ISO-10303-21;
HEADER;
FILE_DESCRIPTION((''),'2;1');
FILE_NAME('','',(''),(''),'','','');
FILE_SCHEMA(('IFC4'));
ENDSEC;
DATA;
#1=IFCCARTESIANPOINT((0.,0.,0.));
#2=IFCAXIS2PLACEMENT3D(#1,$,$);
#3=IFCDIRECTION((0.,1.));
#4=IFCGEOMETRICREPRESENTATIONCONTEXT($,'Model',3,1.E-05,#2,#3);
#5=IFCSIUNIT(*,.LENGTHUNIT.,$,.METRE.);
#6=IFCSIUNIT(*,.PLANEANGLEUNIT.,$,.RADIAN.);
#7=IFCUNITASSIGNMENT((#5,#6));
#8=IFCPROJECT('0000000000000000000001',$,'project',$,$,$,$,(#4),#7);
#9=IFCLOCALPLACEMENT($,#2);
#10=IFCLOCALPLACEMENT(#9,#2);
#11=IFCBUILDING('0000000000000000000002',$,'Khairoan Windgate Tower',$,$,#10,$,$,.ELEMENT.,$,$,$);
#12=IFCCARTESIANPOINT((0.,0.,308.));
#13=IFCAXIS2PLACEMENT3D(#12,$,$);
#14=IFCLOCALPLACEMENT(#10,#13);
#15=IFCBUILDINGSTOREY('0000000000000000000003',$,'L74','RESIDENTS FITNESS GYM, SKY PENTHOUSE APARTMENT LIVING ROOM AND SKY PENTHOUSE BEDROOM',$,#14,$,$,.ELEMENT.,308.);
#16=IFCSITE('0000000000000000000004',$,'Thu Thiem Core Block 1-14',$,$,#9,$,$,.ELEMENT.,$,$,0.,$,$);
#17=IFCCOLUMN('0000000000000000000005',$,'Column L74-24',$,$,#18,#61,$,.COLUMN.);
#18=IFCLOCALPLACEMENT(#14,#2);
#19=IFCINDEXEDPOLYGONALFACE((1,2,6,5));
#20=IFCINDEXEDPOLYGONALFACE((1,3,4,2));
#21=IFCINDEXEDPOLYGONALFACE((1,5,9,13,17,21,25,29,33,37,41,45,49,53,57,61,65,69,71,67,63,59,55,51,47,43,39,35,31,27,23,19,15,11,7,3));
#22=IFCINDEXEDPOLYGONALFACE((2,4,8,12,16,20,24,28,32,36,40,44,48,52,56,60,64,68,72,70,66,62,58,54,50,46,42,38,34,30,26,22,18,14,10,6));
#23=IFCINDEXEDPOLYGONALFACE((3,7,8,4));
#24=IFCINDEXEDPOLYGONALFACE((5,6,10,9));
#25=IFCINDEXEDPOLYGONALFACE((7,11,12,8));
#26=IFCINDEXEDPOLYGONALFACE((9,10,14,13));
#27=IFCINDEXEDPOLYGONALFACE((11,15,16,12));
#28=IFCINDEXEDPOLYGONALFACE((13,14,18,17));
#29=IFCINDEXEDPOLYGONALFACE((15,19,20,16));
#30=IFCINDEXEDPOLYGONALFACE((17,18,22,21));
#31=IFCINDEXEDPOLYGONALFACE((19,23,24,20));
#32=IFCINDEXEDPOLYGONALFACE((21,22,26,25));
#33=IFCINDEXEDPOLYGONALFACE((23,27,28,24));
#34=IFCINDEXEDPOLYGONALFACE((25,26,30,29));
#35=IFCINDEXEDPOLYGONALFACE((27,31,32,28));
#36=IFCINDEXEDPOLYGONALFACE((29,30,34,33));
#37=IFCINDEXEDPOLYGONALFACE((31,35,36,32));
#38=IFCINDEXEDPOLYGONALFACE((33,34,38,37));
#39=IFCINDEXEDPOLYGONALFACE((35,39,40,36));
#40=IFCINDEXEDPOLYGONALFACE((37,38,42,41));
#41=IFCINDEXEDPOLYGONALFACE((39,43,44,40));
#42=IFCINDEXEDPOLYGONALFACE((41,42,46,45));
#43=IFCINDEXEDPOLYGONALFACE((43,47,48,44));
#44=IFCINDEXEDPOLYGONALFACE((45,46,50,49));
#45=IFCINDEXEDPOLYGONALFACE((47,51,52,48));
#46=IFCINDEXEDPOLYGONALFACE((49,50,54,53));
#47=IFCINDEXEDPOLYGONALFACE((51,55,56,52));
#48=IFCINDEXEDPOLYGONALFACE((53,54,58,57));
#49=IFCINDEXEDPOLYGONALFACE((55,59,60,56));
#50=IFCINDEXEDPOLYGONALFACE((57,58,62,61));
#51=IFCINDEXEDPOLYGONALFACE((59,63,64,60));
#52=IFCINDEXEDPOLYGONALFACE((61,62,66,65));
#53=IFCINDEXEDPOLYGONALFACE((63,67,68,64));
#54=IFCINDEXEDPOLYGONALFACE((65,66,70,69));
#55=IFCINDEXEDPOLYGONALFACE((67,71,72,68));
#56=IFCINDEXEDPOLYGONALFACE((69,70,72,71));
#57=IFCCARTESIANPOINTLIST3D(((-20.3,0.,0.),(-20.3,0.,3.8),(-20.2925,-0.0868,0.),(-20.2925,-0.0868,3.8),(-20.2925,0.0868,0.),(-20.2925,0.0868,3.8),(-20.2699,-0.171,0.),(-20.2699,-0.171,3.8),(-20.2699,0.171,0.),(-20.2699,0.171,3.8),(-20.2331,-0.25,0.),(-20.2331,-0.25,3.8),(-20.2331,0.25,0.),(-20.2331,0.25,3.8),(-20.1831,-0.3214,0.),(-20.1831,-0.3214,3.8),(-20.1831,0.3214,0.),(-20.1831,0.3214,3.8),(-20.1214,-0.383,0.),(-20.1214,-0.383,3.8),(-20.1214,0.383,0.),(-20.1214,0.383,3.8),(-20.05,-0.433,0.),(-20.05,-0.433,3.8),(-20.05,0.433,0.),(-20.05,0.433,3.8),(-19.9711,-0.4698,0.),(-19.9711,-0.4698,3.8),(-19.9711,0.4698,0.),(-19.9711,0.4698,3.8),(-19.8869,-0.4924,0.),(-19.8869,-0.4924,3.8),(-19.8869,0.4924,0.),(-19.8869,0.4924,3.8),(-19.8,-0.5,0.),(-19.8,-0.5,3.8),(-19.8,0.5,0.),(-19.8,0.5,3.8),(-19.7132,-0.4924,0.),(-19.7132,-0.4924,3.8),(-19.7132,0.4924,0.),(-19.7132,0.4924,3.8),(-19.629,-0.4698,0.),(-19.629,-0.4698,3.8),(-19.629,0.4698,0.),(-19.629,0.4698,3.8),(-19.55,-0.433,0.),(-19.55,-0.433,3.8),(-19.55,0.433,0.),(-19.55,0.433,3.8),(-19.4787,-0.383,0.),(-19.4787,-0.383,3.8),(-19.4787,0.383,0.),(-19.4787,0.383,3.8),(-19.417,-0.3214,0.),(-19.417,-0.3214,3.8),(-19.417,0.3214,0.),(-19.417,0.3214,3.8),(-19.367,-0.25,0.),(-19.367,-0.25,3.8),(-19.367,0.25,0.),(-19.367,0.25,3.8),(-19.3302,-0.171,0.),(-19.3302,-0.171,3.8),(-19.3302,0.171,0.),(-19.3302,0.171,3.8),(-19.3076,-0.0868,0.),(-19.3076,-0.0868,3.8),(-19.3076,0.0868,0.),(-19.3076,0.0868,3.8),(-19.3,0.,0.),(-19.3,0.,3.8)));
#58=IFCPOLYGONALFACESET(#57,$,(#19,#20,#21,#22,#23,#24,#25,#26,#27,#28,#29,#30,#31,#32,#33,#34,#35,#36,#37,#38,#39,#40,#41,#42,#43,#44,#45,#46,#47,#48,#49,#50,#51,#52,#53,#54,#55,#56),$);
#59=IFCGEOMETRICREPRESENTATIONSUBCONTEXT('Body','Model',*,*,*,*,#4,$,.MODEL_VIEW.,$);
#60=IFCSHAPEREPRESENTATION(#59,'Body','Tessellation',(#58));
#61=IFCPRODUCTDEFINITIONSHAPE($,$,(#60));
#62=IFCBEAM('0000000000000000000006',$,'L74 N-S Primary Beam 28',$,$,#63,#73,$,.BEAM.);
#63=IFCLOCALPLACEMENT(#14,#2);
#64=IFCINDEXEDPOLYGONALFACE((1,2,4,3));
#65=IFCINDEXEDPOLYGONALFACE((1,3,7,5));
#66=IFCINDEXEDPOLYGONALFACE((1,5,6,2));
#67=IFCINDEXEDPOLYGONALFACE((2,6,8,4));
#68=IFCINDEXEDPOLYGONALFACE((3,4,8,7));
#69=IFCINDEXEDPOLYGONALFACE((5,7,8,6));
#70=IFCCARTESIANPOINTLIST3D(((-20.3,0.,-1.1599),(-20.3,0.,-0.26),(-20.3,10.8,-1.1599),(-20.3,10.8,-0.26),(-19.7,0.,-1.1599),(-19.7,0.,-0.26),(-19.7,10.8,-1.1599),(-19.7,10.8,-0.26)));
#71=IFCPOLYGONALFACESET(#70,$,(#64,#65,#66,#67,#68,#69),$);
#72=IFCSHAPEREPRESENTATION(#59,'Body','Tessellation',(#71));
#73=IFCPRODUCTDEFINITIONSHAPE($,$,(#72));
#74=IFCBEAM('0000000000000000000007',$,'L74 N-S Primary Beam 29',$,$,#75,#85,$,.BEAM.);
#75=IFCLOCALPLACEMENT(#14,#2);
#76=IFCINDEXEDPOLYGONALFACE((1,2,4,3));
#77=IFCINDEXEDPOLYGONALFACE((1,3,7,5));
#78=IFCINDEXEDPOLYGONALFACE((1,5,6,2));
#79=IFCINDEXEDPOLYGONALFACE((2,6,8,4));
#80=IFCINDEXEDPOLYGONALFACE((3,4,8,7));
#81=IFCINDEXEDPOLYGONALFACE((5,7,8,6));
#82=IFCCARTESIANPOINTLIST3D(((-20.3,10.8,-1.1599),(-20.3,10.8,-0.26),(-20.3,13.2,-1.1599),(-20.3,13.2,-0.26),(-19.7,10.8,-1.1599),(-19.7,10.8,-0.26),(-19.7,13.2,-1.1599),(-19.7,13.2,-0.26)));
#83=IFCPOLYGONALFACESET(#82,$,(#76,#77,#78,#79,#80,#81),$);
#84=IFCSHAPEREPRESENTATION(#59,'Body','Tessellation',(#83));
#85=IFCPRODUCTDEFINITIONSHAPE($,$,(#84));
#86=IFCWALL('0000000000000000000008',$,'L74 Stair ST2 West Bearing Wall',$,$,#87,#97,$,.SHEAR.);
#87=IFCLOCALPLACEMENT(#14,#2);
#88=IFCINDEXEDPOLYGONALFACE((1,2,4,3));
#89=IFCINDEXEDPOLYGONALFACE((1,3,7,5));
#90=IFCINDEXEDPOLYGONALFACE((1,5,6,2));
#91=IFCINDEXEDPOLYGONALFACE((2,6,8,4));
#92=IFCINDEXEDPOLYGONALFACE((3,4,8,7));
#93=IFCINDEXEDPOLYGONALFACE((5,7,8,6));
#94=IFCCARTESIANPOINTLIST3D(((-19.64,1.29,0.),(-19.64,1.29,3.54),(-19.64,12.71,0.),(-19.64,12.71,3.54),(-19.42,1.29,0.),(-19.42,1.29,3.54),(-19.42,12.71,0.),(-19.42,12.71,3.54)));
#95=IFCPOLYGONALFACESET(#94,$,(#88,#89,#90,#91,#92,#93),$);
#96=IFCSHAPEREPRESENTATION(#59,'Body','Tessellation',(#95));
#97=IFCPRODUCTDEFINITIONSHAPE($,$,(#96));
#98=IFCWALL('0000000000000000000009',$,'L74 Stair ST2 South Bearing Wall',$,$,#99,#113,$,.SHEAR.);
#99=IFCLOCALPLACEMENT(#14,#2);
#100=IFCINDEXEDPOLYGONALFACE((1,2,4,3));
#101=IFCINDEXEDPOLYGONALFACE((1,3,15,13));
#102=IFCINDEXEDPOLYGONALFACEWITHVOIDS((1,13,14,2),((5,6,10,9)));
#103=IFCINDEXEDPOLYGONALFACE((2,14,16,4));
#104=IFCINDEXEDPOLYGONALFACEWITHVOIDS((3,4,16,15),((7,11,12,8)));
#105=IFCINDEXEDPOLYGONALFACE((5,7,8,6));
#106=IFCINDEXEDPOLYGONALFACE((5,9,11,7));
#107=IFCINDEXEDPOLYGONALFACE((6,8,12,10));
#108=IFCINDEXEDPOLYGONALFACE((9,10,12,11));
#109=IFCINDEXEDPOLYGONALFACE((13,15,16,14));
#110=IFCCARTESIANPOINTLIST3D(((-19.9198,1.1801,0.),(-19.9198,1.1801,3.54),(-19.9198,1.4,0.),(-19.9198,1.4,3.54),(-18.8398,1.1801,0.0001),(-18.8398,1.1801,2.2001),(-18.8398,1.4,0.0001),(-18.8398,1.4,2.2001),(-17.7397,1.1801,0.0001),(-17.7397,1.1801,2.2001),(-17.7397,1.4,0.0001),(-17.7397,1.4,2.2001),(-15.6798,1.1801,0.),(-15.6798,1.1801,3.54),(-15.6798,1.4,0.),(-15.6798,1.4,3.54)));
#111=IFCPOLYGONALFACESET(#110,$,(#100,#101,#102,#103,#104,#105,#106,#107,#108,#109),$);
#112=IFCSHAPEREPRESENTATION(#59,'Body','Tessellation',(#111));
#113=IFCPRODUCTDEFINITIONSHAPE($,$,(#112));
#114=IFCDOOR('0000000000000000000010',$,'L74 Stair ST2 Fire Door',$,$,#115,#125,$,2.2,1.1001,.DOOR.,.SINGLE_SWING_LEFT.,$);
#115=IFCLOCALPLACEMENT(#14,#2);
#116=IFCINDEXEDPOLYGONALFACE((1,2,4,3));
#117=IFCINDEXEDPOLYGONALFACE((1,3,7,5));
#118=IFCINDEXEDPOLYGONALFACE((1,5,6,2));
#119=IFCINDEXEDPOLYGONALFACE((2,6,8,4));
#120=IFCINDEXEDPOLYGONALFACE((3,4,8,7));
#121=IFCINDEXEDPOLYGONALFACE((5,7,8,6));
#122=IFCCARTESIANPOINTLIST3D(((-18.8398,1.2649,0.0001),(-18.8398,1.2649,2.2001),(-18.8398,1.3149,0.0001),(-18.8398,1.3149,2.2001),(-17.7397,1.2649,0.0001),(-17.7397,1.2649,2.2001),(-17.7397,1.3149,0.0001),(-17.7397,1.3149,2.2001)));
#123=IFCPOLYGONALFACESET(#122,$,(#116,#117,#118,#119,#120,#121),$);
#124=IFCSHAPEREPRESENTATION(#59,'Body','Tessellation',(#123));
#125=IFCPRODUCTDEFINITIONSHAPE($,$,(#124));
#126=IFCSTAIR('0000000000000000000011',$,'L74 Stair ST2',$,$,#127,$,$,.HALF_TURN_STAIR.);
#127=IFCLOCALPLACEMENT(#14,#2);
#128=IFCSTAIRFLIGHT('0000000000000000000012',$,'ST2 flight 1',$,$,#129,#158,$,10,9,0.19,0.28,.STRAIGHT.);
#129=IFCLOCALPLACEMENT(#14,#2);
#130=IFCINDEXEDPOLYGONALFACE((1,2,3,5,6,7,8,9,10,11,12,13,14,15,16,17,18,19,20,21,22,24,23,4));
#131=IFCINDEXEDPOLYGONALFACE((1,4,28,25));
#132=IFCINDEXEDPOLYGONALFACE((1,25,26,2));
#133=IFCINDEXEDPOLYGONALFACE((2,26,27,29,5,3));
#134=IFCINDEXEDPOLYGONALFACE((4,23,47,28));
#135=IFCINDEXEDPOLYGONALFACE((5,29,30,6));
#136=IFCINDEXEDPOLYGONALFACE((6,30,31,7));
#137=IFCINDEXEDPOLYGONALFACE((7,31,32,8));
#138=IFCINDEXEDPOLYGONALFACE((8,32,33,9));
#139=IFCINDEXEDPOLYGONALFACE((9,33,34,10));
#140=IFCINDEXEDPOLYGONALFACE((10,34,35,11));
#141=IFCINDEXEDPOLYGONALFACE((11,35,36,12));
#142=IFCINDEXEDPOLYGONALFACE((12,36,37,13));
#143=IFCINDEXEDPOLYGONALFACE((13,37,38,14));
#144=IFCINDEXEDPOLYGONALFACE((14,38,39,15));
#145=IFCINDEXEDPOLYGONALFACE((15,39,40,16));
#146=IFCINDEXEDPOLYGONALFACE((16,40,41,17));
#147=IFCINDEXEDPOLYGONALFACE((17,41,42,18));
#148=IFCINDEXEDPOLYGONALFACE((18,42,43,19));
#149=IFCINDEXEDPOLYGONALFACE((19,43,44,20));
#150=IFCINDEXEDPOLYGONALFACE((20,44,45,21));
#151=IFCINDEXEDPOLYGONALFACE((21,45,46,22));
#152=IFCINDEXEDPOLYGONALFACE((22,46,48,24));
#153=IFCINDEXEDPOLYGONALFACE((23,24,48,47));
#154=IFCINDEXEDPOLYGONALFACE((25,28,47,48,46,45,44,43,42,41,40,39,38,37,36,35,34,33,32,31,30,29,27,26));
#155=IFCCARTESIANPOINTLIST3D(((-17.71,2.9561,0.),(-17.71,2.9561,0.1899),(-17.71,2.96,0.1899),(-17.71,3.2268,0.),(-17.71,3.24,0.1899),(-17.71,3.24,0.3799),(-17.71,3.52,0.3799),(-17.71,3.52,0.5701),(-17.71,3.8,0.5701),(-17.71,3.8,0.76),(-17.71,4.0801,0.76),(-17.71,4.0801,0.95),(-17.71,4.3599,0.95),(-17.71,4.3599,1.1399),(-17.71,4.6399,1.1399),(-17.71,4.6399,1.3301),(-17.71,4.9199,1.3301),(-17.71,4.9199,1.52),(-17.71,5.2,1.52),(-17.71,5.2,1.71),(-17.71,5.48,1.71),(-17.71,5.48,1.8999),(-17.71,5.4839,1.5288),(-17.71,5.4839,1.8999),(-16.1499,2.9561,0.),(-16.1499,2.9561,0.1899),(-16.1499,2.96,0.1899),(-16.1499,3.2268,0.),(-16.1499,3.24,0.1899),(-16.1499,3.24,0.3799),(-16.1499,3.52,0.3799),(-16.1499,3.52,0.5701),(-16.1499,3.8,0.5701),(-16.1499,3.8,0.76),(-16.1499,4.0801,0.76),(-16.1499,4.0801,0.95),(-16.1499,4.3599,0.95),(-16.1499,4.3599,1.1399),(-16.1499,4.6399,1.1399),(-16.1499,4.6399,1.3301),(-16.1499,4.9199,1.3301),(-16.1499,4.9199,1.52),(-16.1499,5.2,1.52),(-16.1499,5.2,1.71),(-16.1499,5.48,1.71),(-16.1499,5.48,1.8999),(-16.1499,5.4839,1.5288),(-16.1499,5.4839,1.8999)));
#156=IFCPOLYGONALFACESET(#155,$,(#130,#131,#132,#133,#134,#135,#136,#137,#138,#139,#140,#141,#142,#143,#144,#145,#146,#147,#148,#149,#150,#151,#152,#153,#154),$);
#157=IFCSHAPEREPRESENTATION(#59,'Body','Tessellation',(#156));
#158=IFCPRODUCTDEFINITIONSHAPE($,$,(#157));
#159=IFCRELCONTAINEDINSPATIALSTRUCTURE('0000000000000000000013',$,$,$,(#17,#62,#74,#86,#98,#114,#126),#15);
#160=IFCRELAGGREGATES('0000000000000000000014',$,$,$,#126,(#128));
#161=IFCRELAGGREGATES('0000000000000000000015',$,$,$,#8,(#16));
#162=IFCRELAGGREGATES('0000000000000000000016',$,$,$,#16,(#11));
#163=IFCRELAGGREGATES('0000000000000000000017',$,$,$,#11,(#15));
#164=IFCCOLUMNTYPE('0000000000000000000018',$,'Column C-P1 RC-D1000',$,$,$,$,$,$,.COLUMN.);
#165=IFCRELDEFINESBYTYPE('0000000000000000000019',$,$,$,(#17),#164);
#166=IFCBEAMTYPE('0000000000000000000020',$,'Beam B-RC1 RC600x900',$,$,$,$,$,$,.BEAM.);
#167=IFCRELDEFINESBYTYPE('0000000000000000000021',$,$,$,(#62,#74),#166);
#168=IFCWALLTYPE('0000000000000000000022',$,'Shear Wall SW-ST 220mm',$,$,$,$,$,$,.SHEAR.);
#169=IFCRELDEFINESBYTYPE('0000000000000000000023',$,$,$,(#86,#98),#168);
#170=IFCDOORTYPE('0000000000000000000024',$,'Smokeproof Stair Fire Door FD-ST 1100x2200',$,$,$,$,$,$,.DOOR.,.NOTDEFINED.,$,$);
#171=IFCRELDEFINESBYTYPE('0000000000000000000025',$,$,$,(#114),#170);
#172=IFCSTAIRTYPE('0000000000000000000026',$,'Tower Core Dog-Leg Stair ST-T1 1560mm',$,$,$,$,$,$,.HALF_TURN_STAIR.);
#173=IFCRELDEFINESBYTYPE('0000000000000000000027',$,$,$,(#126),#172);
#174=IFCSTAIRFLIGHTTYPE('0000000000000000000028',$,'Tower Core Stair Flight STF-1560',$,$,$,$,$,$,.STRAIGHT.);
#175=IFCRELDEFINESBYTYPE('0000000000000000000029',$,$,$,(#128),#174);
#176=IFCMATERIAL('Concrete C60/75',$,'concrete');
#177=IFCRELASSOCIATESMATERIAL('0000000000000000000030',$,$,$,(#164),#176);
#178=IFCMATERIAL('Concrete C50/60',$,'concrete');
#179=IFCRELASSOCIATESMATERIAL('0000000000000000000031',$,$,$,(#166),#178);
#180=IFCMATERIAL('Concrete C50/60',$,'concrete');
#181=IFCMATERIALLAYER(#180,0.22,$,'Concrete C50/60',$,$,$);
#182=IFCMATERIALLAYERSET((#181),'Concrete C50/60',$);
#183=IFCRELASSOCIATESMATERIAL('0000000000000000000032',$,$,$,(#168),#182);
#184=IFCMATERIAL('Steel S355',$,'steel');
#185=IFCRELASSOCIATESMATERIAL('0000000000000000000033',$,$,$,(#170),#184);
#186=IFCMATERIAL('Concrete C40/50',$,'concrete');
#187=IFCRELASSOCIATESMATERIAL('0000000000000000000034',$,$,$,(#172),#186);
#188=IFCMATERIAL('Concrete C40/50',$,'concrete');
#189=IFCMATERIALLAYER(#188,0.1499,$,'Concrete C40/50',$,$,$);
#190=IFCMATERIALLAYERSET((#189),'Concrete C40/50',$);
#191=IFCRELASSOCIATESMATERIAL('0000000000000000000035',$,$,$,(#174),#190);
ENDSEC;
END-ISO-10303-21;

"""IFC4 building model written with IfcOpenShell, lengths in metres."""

from ifc_helpers import new_model, si_unit, direction, frame, frame_2d, origin, origin_2d, place, context, subcontext, project, spatial, polyline, rectangle, circle, outline, extrude, material, layer, layer_set, material_profile, profile_set, type_object, element, fill, aggregate, save


model = new_model("IFC4")

# Units and contexts
model_context = context("Model", 3, precision=1e-05, world=origin(), true_north=direction((0.0, 1.0)))
body_context = subcontext(model_context, "Body", "Model", "MODEL_VIEW")
ifc_project = project(units=[si_unit("LENGTHUNIT", "METRE"), si_unit("PLANEANGLEUNIT", "RADIAN")], contexts=[model_context])

# Site, building, storey
site_placement = place(None, origin())
site = spatial("IfcSite", under=ifc_project, at=site_placement, Name="Thu Thiem Core Block 1-14", CompositionType="ELEMENT", RefElevation=0.0)
building_placement = place(site_placement, origin())
building = spatial("IfcBuilding", under=site, at=building_placement, Name="Khairoan Windgate Tower", CompositionType="ELEMENT")
storey_placement = place(building_placement, frame((0.0, 0.0, 308.0)))
storey = spatial("IfcBuildingStorey", under=building, at=storey_placement, Name="L74", Description="RESIDENTS FITNESS GYM, SKY PENTHOUSE APARTMENT LIVING ROOM AND SKY PENTHOUSE BEDROOM", CompositionType="ELEMENT", Elevation=308.0)

# Column
ifc_material_1 = material(Name="Concrete C60/75", Category="concrete")
ifc_material_profile_1 = material_profile(ifc_material_1, circle(Radius=0.5, at=origin_2d()))
ifc_profile_set_1 = profile_set([ifc_material_profile_1], Name="Concrete C60/75")
column_type = type_object("IfcColumnType", Name="Column C-P1 RC-D1000", PredefinedType="COLUMN", material=ifc_profile_set_1)
column_placement = place(storey_placement, frame((-19.8, 0.0, 0.0), z_axis=(0.0, 0.0, 1.0), x_axis=(1.0, 0.0, 0.0)))
element("IfcColumn", 1, at=column_placement, inside=storey, type_object=column_type, Name="Column L74-24", PredefinedType="COLUMN", context=body_context, shape_type="SweptSolid", body=[
    extrude(circle(Radius=0.5, at=origin_2d()), origin(), (0.0, 0.0, 1.0), 3.8),
])

# Beams
ifc_material_2 = material(Name="Concrete C50/60", Category="concrete")
ifc_material_profile_2 = material_profile(ifc_material_2, rectangle(XDim=0.6001, YDim=0.8999, at=origin_2d()))
ifc_profile_set_2 = profile_set([ifc_material_profile_2], Name="Concrete C50/60")
beam_type = type_object("IfcBeamType", Name="Beam B-RC1 RC600x900", PredefinedType="BEAM", material=ifc_profile_set_2)
beam_1_placement = place(storey_placement, frame((-20.0, 0.0, -0.71), z_axis=(0.0, 1.0, 0.0), x_axis=(-1.0, 0.0, 0.0)))
element("IfcBeam", 2, at=beam_1_placement, inside=storey, type_object=beam_type, Name="L74 N-S Primary Beam 28", PredefinedType="BEAM", context=body_context, shape_type="SweptSolid", body=[
    extrude(rectangle(XDim=0.6001, YDim=0.8999, at=origin_2d()), origin(), (0.0, 0.0, 1.0), 10.8),
])
beam_2_placement = place(storey_placement, frame((-20.0, 10.8, -0.71), z_axis=(0.0, 1.0, 0.0), x_axis=(-1.0, 0.0, 0.0)))
element("IfcBeam", 3, at=beam_2_placement, inside=storey, type_object=beam_type, Name="L74 N-S Primary Beam 29", PredefinedType="BEAM", context=body_context, shape_type="SweptSolid", body=[
    extrude(rectangle(XDim=0.6001, YDim=0.8999, at=origin_2d()), origin(), (0.0, 0.0, 1.0), 2.3999),
])

# Wall
ifc_material_3 = material(Name="Concrete C50/60", Category="concrete")
ifc_layer_1 = layer(ifc_material_3, 0.22, Name="Concrete C50/60")
ifc_layer_set_1 = layer_set([ifc_layer_1], Name="Concrete C50/60")
wall_type = type_object("IfcWallType", Name="Shear Wall SW-ST 220mm", PredefinedType="SHEAR", material=ifc_layer_set_1)
wall_1_placement = place(storey_placement, frame((-19.53, 1.29, 0.0), z_axis=(0.0, 0.0, 1.0), x_axis=(0.0, 1.0, 0.0)))
element("IfcWall", 4, at=wall_1_placement, inside=storey, type_object=wall_type, Name="L74 Stair ST2 West Bearing Wall", PredefinedType="SHEAR", context=body_context, shape_type="SweptSolid", body=[
    extrude(rectangle(XDim=11.4199, YDim=0.22, at=frame_2d((5.71, 0.0))), origin(), (0.0, 0.0, 1.0), 3.54),
])

# Wall, opening, door
wall_2_placement = place(storey_placement, frame((-19.9199, 1.29, 0.0), z_axis=(0.0, 0.0, 1.0), x_axis=(1.0, 0.0, 0.0)))
wall_2 = element("IfcWall", 5, at=wall_2_placement, inside=storey, type_object=wall_type, Name="L74 Stair ST2 South Bearing Wall", PredefinedType="SHEAR", context=body_context, shape_type="SweptSolid", body=[
    extrude(rectangle(XDim=4.24, YDim=0.22, at=frame_2d((2.1201, 0.0))), origin(), (0.0, 0.0, 1.0), 3.54),
])
opening_placement = place(wall_2_placement, frame((1.0801, 0.0, 0.0)))
opening = element("IfcOpeningElement", 6, at=opening_placement, cuts=wall_2, PredefinedType="OPENING", context=body_context, shape_type="SweptSolid", body=[
    extrude(rectangle(XDim=1.1001, YDim=2.2, at=frame_2d((0.55, 1.1001))), frame((0.0, 0.1199, 0.0), z_axis=(0.0, -1.0, 0.0), x_axis=(1.0, 0.0, 0.0)), (0.0, 0.0, 1.0), 0.24),
])
ifc_material_4 = material(Name="Steel S355", Category="steel")
door_type = type_object("IfcDoorType", Name="Smokeproof Stair Fire Door FD-ST 1100x2200", OperationType="NOTDEFINED", PredefinedType="DOOR", material=ifc_material_4)
door_placement = place(opening_placement, origin())
door = element("IfcDoor", 7, at=door_placement, inside=storey, type_object=door_type, Name="L74 Stair ST2 Fire Door", OperationType="SINGLE_SWING_LEFT", OverallHeight=2.2, OverallWidth=1.1001, PredefinedType="DOOR", context=body_context, shape_type="SweptSolid", body=[
    extrude(rectangle(XDim=1.1001, YDim=2.2, at=frame_2d((0.55, 1.1001))), frame((0.0, 0.0249, 0.0), z_axis=(0.0, -1.0, 0.0), x_axis=(1.0, 0.0, 0.0)), (0.0, 0.0, 1.0), 0.05),
])
fill(opening, door)

# Stair, stair flight
ifc_material_5 = material(Name="Concrete C40/50", Category="concrete")
stair_type = type_object("IfcStairType", Name="Tower Core Dog-Leg Stair ST-T1 1560mm", PredefinedType="HALF_TURN_STAIR", material=ifc_material_5)
stair_placement = place(storey_placement, origin())
stair = element("IfcStair", 8, at=stair_placement, inside=storey, type_object=stair_type, Name="L74 Stair ST2", PredefinedType="HALF_TURN_STAIR")
ifc_material_6 = material(Name="Concrete C40/50", Category="concrete")
ifc_layer_2 = layer(ifc_material_6, 0.1499, Name="Concrete C40/50")
ifc_layer_set_2 = layer_set([ifc_layer_2], Name="Concrete C40/50")
stair_flight_type = type_object("IfcStairFlightType", Name="Tower Core Stair Flight STF-1560", PredefinedType="STRAIGHT", material=ifc_layer_set_2)
stair_flight_1_placement = place(storey_placement, frame((-16.9299, 2.96, 0.0), z_axis=(0.0, 0.0, 1.0), x_axis=(0.0, 1.0, 0.0)))
stair_flight_1 = element("IfcStairFlight", 9, at=stair_flight_1_placement, type_object=stair_flight_type, Name="ST2 flight 1", NumberOfRisers=10, NumberOfTreads=9, PredefinedType="STRAIGHT", RiserHeight=0.19, TreadLength=0.28, context=body_context, shape_type="SweptSolid", body=[
    extrude(outline(polyline([(-0.0039, 0.0), (-0.0039, 0.1899), (0.0, 0.1899), (0.28, 0.1899), (0.28, 0.3799), (0.5601, 0.3799), (0.5601, 0.5701), (0.8401, 0.5701), (0.8401, 0.76), (1.1201, 0.76), (1.1201, 0.95), (1.3999, 0.95), (1.3999, 1.1399), (1.6799, 1.1399), (1.6799, 1.3301), (1.96, 1.3301), (1.96, 1.52), (2.24, 1.52), (2.24, 1.71), (2.52, 1.71), (2.52, 1.8999), (2.5239, 1.8999), (2.5239, 1.5288), (0.2668, 0.0), (-0.0039, 0.0)])), frame((0.0, 0.78, 0.0), z_axis=(0.0, -1.0, 0.0), x_axis=(1.0, 0.0, 0.0)), (0.0, 0.0, 1.0), 1.5601),
])
aggregate(stair, [stair_flight_1])

save(model, "model.ifc")
